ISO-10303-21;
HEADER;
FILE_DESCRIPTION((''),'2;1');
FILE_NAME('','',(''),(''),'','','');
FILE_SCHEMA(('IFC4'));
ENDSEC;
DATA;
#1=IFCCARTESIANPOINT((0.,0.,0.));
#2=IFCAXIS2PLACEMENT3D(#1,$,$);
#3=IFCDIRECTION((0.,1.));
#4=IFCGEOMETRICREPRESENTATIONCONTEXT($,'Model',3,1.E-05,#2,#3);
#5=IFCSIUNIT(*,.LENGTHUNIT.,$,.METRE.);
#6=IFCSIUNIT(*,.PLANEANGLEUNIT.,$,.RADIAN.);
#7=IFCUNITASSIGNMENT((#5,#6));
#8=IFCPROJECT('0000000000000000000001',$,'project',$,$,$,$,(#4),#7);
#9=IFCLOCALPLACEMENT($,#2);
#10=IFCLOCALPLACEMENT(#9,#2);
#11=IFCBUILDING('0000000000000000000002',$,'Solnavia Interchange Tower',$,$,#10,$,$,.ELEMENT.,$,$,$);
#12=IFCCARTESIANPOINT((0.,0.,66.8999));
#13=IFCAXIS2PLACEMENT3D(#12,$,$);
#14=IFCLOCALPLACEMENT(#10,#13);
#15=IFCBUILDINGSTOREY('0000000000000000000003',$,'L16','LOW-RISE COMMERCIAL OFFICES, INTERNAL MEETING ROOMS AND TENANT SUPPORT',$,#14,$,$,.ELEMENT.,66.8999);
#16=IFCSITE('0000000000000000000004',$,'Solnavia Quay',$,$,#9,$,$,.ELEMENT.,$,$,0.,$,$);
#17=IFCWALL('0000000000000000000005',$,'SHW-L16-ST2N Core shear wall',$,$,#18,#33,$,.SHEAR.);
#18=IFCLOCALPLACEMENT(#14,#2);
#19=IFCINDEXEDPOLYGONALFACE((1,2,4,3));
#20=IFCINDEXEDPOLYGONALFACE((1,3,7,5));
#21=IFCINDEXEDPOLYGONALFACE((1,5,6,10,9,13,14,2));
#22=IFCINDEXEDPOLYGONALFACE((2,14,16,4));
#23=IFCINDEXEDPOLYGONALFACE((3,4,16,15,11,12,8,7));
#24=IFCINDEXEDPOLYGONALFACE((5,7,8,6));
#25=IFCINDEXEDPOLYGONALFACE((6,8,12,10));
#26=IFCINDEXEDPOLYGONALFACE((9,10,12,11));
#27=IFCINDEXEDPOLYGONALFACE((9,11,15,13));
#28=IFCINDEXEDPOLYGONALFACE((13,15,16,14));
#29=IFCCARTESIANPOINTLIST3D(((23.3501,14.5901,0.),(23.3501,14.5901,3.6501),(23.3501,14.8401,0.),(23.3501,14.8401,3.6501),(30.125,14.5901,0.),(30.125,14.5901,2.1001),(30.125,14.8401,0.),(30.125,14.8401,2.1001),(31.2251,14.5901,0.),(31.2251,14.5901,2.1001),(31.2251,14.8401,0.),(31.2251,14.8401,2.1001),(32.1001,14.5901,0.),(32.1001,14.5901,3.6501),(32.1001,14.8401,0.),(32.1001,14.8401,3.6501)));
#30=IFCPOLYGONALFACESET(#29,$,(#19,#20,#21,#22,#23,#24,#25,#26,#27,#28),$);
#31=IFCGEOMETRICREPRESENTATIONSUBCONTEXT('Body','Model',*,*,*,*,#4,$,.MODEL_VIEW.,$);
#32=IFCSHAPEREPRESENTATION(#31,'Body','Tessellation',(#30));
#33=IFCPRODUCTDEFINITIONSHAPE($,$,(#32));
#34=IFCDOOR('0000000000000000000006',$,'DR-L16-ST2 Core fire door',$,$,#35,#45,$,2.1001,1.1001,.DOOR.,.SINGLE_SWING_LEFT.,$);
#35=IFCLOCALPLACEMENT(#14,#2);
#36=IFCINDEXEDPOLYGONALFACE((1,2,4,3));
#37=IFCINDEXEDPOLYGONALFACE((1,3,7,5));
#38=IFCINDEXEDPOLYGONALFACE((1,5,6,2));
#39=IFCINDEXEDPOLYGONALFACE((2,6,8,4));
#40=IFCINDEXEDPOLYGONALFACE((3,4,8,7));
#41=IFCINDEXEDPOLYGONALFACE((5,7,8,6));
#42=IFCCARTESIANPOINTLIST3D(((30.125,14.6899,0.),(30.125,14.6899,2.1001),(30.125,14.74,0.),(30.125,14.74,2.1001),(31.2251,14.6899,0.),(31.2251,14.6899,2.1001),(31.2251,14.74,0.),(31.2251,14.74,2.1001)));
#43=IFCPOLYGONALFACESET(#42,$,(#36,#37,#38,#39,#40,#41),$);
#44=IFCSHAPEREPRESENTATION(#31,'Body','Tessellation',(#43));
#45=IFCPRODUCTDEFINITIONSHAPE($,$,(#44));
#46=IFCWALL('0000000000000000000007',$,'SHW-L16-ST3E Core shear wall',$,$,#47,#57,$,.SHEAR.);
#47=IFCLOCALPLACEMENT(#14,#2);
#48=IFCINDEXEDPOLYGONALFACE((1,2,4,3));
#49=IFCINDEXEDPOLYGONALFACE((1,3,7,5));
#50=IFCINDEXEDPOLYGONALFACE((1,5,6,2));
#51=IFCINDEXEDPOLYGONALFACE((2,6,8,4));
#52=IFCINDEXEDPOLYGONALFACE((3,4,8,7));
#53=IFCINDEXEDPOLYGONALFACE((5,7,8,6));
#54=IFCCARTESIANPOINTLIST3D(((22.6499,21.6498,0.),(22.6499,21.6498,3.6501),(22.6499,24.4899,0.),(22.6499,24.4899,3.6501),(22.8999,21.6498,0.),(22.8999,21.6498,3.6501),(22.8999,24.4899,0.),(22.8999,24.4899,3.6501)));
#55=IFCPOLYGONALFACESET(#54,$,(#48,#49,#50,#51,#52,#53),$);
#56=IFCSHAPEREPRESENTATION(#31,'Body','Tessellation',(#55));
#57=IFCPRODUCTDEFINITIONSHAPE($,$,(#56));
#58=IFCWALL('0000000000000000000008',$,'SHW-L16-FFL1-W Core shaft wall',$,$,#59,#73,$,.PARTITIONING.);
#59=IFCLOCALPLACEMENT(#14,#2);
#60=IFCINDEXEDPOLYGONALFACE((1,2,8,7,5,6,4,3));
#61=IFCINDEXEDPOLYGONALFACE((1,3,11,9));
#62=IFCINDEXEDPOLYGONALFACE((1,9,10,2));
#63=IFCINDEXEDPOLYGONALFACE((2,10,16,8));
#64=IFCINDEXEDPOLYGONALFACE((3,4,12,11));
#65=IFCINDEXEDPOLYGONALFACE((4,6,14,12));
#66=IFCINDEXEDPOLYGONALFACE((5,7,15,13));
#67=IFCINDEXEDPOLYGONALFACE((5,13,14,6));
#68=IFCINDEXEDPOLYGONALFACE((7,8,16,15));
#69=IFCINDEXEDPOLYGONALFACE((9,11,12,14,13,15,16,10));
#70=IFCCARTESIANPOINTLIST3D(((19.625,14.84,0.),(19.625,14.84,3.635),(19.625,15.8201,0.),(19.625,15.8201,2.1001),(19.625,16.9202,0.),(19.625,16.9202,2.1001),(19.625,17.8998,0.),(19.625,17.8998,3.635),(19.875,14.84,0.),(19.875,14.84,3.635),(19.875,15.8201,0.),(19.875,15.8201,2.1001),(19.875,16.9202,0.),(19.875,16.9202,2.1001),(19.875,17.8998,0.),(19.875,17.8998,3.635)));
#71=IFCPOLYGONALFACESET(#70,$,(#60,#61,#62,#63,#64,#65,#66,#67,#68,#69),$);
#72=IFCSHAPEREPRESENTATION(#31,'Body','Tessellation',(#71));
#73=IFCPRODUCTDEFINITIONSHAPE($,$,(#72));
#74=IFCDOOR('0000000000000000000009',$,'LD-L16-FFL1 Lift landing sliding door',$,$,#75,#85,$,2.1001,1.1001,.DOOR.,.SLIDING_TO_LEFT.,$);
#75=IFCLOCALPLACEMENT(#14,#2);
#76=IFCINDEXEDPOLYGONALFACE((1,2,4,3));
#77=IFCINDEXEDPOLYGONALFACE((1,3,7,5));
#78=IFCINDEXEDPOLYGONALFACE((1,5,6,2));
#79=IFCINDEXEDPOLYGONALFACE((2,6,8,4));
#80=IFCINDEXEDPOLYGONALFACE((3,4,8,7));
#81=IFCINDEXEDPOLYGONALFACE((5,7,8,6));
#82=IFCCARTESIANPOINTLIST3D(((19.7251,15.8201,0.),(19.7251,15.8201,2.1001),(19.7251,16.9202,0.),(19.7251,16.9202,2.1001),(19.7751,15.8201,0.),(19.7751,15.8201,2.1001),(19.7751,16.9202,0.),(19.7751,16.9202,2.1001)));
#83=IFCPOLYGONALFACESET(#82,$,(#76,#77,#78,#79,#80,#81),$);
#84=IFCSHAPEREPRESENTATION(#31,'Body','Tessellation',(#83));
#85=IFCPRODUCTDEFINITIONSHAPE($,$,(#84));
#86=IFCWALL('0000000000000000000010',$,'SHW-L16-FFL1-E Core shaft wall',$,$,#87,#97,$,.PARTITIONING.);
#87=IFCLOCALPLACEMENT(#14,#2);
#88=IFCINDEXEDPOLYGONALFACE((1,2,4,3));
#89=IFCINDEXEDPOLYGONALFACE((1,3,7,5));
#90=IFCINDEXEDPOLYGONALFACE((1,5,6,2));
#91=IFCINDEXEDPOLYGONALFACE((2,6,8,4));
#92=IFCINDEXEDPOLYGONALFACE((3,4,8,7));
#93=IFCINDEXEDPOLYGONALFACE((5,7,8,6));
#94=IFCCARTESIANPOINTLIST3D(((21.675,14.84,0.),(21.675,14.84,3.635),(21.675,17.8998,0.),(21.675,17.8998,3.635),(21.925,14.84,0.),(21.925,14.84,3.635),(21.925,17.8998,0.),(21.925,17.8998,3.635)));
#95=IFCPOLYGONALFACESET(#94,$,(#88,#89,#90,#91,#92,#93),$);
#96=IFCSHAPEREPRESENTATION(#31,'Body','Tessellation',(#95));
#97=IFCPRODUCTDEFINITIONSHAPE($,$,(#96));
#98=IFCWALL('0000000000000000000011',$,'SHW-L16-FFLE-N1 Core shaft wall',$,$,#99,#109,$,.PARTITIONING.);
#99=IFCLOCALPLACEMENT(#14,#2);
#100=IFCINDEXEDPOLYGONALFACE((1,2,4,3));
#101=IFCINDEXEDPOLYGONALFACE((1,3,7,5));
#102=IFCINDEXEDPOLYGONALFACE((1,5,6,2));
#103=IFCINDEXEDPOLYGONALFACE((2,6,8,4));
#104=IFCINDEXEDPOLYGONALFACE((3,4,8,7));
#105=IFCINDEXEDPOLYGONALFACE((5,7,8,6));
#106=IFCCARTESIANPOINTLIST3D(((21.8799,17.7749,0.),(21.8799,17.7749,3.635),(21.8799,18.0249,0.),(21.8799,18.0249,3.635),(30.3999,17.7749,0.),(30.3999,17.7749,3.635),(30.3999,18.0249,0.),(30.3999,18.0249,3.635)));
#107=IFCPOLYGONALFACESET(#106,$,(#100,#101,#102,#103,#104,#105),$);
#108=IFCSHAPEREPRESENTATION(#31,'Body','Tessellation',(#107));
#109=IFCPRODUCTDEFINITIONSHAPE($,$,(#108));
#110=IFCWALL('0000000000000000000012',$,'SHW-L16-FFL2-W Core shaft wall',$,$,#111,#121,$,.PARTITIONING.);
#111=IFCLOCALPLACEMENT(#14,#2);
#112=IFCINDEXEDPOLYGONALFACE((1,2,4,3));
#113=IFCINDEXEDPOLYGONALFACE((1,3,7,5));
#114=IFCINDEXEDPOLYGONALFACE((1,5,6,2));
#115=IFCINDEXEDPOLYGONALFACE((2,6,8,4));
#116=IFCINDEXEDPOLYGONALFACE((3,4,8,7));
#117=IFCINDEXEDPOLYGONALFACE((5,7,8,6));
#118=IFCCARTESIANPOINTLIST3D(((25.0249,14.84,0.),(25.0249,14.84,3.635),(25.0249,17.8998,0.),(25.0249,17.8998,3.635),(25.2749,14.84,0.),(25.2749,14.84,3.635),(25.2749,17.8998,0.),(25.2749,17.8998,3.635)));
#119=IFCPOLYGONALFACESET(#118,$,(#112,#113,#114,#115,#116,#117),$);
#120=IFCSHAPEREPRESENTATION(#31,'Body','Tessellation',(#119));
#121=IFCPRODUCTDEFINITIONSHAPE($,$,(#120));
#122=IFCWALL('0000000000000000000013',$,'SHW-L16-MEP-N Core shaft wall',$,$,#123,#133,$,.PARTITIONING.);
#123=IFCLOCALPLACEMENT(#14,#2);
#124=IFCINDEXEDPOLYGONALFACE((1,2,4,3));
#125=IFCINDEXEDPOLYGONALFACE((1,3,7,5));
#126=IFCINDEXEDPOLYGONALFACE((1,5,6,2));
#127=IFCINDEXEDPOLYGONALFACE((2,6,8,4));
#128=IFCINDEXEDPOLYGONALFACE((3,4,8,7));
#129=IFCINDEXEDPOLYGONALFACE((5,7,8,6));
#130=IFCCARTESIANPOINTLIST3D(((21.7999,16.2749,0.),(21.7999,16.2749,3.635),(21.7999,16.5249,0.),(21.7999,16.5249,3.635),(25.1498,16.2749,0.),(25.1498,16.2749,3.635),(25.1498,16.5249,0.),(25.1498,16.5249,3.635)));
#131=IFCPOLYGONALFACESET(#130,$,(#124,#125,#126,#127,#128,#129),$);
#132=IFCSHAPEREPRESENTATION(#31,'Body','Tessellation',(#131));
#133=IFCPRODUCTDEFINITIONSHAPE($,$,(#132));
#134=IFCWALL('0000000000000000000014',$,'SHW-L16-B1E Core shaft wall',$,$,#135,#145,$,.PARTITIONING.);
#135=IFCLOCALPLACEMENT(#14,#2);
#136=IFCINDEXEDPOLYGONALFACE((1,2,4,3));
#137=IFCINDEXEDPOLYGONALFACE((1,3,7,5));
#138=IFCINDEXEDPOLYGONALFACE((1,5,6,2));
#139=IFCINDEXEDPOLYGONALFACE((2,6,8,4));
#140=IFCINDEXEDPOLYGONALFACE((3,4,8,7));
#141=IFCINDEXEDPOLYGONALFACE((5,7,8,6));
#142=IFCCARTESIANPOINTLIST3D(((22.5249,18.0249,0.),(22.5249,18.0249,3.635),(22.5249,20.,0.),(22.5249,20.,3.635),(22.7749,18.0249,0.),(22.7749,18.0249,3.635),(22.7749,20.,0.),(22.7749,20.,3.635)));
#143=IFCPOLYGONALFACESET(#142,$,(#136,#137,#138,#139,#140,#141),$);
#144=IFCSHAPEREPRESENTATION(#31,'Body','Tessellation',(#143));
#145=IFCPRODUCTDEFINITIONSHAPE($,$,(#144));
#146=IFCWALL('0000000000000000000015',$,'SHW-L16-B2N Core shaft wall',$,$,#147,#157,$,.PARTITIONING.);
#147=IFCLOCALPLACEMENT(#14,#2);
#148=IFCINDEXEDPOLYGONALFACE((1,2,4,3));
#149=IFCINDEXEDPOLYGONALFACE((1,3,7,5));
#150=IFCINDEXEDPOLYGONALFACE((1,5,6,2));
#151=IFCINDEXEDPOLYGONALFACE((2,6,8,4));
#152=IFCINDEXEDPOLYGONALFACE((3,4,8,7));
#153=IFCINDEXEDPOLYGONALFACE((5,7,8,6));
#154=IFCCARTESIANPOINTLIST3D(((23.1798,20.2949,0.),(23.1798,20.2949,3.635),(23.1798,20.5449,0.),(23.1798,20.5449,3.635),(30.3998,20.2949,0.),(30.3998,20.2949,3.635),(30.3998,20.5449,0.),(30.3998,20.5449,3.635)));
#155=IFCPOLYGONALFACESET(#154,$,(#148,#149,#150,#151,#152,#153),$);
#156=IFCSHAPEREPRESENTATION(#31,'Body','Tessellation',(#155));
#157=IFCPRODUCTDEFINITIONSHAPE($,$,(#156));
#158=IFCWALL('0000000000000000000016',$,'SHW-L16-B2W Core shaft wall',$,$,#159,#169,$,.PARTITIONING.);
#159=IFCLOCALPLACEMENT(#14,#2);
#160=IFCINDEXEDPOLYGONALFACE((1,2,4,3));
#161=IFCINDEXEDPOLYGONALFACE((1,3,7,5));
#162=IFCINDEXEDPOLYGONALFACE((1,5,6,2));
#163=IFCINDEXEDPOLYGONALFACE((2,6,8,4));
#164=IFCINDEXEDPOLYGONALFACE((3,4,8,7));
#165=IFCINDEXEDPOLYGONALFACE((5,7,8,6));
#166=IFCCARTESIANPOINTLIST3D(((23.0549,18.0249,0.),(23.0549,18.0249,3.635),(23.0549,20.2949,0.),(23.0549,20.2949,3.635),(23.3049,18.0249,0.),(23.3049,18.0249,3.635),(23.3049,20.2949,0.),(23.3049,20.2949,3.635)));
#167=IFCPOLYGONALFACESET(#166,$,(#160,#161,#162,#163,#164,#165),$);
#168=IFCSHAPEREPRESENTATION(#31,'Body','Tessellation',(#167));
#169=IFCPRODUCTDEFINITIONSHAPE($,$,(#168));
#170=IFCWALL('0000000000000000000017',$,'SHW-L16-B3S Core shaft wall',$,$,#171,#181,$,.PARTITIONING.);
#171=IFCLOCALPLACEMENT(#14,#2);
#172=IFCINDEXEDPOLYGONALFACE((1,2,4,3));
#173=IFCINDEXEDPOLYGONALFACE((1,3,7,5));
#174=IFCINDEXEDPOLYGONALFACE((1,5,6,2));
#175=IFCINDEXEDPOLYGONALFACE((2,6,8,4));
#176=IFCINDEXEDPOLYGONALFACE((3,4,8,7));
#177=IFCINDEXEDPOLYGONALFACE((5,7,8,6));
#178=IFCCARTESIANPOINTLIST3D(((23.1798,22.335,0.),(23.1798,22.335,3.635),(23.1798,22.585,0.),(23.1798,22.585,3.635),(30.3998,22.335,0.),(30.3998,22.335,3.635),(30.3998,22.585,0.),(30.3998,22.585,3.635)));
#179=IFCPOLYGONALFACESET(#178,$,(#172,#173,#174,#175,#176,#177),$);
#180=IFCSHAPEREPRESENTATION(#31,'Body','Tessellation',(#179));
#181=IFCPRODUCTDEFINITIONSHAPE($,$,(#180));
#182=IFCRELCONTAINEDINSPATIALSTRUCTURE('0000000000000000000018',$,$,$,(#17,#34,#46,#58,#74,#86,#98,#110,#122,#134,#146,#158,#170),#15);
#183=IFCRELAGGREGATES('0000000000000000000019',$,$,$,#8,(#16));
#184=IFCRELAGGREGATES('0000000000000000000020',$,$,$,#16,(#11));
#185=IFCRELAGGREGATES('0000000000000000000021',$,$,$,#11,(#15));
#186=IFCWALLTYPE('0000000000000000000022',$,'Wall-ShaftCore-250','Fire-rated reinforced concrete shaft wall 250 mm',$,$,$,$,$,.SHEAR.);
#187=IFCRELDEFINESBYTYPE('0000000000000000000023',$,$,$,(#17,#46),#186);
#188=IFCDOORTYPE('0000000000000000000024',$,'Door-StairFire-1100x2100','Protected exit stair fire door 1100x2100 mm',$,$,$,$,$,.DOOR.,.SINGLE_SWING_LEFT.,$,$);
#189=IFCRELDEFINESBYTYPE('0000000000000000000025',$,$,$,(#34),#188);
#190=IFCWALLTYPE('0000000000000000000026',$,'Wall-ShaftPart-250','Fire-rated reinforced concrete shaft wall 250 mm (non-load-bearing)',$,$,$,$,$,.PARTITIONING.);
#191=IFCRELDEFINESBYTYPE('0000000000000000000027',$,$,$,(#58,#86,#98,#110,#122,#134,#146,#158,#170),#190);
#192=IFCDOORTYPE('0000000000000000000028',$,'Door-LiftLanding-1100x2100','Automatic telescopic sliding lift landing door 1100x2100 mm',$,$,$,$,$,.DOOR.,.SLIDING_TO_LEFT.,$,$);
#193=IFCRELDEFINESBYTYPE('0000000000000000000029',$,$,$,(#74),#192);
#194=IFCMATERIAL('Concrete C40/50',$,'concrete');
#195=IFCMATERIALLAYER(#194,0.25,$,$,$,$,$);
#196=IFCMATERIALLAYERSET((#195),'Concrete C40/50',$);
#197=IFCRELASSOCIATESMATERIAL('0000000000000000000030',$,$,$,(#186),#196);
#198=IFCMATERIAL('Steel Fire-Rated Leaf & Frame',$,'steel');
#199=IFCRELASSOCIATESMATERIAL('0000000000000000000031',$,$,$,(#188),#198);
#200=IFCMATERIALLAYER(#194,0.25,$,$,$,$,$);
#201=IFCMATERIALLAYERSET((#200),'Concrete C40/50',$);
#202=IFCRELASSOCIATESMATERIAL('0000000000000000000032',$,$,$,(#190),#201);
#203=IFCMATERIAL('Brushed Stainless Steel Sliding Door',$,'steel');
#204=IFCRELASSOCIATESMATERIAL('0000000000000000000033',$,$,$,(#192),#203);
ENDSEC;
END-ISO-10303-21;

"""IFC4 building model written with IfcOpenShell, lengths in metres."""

from ifc_helpers import new_model, si_unit, direction, frame, frame_2d, origin, place, context, subcontext, project, spatial, rectangle, extrude, material, layer, layer_set, type_object, element, fill, save


model = new_model("IFC4")

# Units and contexts
model_context = context("Model", 3, precision=1e-05, world=origin(), true_north=direction((0.0, 1.0)))
body_context = subcontext(model_context, "Body", "Model", "MODEL_VIEW")
ifc_project = project(units=[si_unit("LENGTHUNIT", "METRE"), si_unit("PLANEANGLEUNIT", "RADIAN")], contexts=[model_context])

# Site, building, storey
site_placement = place(None, origin())
site = spatial("IfcSite", under=ifc_project, at=site_placement, Name="Solnavia Quay", CompositionType="ELEMENT", RefElevation=0.0)
building_placement = place(site_placement, origin())
building = spatial("IfcBuilding", under=site, at=building_placement, Name="Solnavia Interchange Tower", CompositionType="ELEMENT")
storey_placement = place(building_placement, frame((0.0, 0.0, 66.8999)))
storey = spatial("IfcBuildingStorey", under=building, at=storey_placement, Name="L16", Description="LOW-RISE COMMERCIAL OFFICES, INTERNAL MEETING ROOMS AND TENANT SUPPORT", CompositionType="ELEMENT", Elevation=66.8999)

# Wall, opening, door
ifc_material_1 = material(Name="Concrete C40/50", Category="concrete")
ifc_layer_1 = layer(ifc_material_1, 0.25)
ifc_layer_set_1 = layer_set([ifc_layer_1], Name="Concrete C40/50")
wall_type_1 = type_object("IfcWallType", Name="Wall-ShaftCore-250", Description="Fire-rated reinforced concrete shaft wall 250 mm", PredefinedType="SHEAR", material=ifc_layer_set_1)
wall_1_placement = place(storey_placement, frame((23.3501, 14.7151, 0.0), z_axis=(0.0, 0.0, 1.0), x_axis=(1.0, 0.0, 0.0)))
wall_1 = element("IfcWall", 1, at=wall_1_placement, inside=storey, type_object=wall_type_1, Name="SHW-L16-ST2N Core shear wall", PredefinedType="SHEAR", context=body_context, shape_type="SweptSolid", body=[
    extrude(rectangle(XDim=8.75, YDim=0.25, at=frame_2d((4.375, 0.0))), origin(), (0.0, 0.0, 1.0), 3.6501),
])
opening_1_placement = place(wall_1_placement, frame((6.7749, 0.0, 0.0)))
opening_1 = element("IfcOpeningElement", 2, at=opening_1_placement, cuts=wall_1, PredefinedType="OPENING", context=body_context, shape_type="SweptSolid", body=[
    extrude(rectangle(XDim=1.1001, YDim=2.1001, at=frame_2d((0.55, 1.05))), frame((0.0, 0.135, 0.0), z_axis=(0.0, -1.0, 0.0), x_axis=(1.0, 0.0, 0.0)), (0.0, 0.0, 1.0), 0.27),
])
ifc_material_2 = material(Name="Steel Fire-Rated Leaf & Frame", Category="steel")
door_type_1 = type_object("IfcDoorType", Name="Door-StairFire-1100x2100", Description="Protected exit stair fire door 1100x2100 mm", OperationType="SINGLE_SWING_LEFT", PredefinedType="DOOR", material=ifc_material_2)
door_1_placement = place(opening_1_placement, origin())
door_1 = element("IfcDoor", 3, at=door_1_placement, inside=storey, type_object=door_type_1, Name="DR-L16-ST2 Core fire door", OperationType="SINGLE_SWING_LEFT", OverallHeight=2.1001, OverallWidth=1.1001, PredefinedType="DOOR", context=body_context, shape_type="SweptSolid", body=[
    extrude(rectangle(XDim=1.1001, YDim=2.1001, at=frame_2d((0.55, 1.05))), frame((0.0, 0.0249, 0.0), z_axis=(0.0, -1.0, 0.0), x_axis=(1.0, 0.0, 0.0)), (0.0, 0.0, 1.0), 0.05),
])
fill(opening_1, door_1)

# Wall
wall_2_placement = place(storey_placement, frame((22.7749, 21.6499, 0.0), z_axis=(0.0, 0.0, 1.0), x_axis=(0.0, 1.0, 0.0)))
element("IfcWall", 4, at=wall_2_placement, inside=storey, type_object=wall_type_1, Name="SHW-L16-ST3E Core shear wall", PredefinedType="SHEAR", context=body_context, shape_type="SweptSolid", body=[
    extrude(rectangle(XDim=2.8401, YDim=0.25, at=frame_2d((1.4199, 0.0))), origin(), (0.0, 0.0, 1.0), 3.6501),
])

# Wall, opening, door
ifc_layer_2 = layer(ifc_material_1, 0.25)
ifc_layer_set_2 = layer_set([ifc_layer_2], Name="Concrete C40/50")
wall_type_2 = type_object("IfcWallType", Name="Wall-ShaftPart-250", Description="Fire-rated reinforced concrete shaft wall 250 mm (non-load-bearing)", PredefinedType="PARTITIONING", material=ifc_layer_set_2)
wall_3_placement = place(storey_placement, frame((19.75, 14.8401, 0.0), z_axis=(0.0, 0.0, 1.0), x_axis=(0.0, 1.0, 0.0)))
wall_3 = element("IfcWall", 5, at=wall_3_placement, inside=storey, type_object=wall_type_2, Name="SHW-L16-FFL1-W Core shaft wall", PredefinedType="PARTITIONING", context=body_context, shape_type="SweptSolid", body=[
    extrude(rectangle(XDim=3.0598, YDim=0.25, at=frame_2d((1.5298, 0.0))), origin(), (0.0, 0.0, 1.0), 3.635),
])
opening_2_placement = place(wall_3_placement, frame((0.98, 0.0, 0.0)))
opening_2 = element("IfcOpeningElement", 6, at=opening_2_placement, cuts=wall_3, PredefinedType="OPENING", context=body_context, shape_type="SweptSolid", body=[
    extrude(rectangle(XDim=1.1001, YDim=2.1001, at=frame_2d((0.55, 1.05))), frame((0.0, 0.135, 0.0), z_axis=(0.0, -1.0, 0.0), x_axis=(1.0, 0.0, 0.0)), (0.0, 0.0, 1.0), 0.27),
])
ifc_material_3 = material(Name="Brushed Stainless Steel Sliding Door", Category="steel")
door_type_2 = type_object("IfcDoorType", Name="Door-LiftLanding-1100x2100", Description="Automatic telescopic sliding lift landing door 1100x2100 mm", OperationType="SLIDING_TO_LEFT", PredefinedType="DOOR", material=ifc_material_3)
door_2_placement = place(opening_2_placement, origin())
door_2 = element("IfcDoor", 7, at=door_2_placement, inside=storey, type_object=door_type_2, Name="LD-L16-FFL1 Lift landing sliding door", OperationType="SLIDING_TO_LEFT", OverallHeight=2.1001, OverallWidth=1.1001, PredefinedType="DOOR", context=body_context, shape_type="SweptSolid", body=[
    extrude(rectangle(XDim=1.1001, YDim=2.1001, at=frame_2d((0.55, 1.05))), frame((0.0, 0.0249, 0.0), z_axis=(0.0, -1.0, 0.0), x_axis=(1.0, 0.0, 0.0)), (0.0, 0.0, 1.0), 0.05),
])
fill(opening_2, door_2)

# Walls
wall_4_placement = place(storey_placement, frame((21.8, 14.8401, 0.0), z_axis=(0.0, 0.0, 1.0), x_axis=(0.0, 1.0, 0.0)))
element("IfcWall", 8, at=wall_4_placement, inside=storey, type_object=wall_type_2, Name="SHW-L16-FFL1-E Core shaft wall", PredefinedType="PARTITIONING", context=body_context, shape_type="SweptSolid", body=[
    extrude(rectangle(XDim=3.0598, YDim=0.25, at=frame_2d((1.5298, 0.0))), origin(), (0.0, 0.0, 1.0), 3.635),
])
wall_5_placement = place(storey_placement, frame((21.8799, 17.8999, 0.0), z_axis=(0.0, 0.0, 1.0), x_axis=(1.0, 0.0, 0.0)))
element("IfcWall", 9, at=wall_5_placement, inside=storey, type_object=wall_type_2, Name="SHW-L16-FFLE-N1 Core shaft wall", PredefinedType="PARTITIONING", context=body_context, shape_type="SweptSolid", body=[
    extrude(rectangle(XDim=8.52, YDim=0.25, at=frame_2d((4.26, 0.0))), origin(), (0.0, 0.0, 1.0), 3.635),
])
wall_6_placement = place(storey_placement, frame((25.1499, 14.8401, 0.0), z_axis=(0.0, 0.0, 1.0), x_axis=(0.0, 1.0, 0.0)))
element("IfcWall", 10, at=wall_6_placement, inside=storey, type_object=wall_type_2, Name="SHW-L16-FFL2-W Core shaft wall", PredefinedType="PARTITIONING", context=body_context, shape_type="SweptSolid", body=[
    extrude(rectangle(XDim=3.0598, YDim=0.25, at=frame_2d((1.5298, 0.0))), origin(), (0.0, 0.0, 1.0), 3.635),
])
wall_7_placement = place(storey_placement, frame((21.8, 16.3999, 0.0), z_axis=(0.0, 0.0, 1.0), x_axis=(1.0, 0.0, 0.0)))
element("IfcWall", 11, at=wall_7_placement, inside=storey, type_object=wall_type_2, Name="SHW-L16-MEP-N Core shaft wall", PredefinedType="PARTITIONING", context=body_context, shape_type="SweptSolid", body=[
    extrude(rectangle(XDim=3.3499, YDim=0.25, at=frame_2d((1.6748, 0.0))), origin(), (0.0, 0.0, 1.0), 3.635),
])
wall_8_placement = place(storey_placement, frame((22.6499, 18.0249, 0.0), z_axis=(0.0, 0.0, 1.0), x_axis=(0.0, 1.0, 0.0)))
element("IfcWall", 12, at=wall_8_placement, inside=storey, type_object=wall_type_2, Name="SHW-L16-B1E Core shaft wall", PredefinedType="PARTITIONING", context=body_context, shape_type="SweptSolid", body=[
    extrude(rectangle(XDim=1.9751, YDim=0.25, at=frame_2d((0.9875, 0.0))), origin(), (0.0, 0.0, 1.0), 3.635),
])
wall_9_placement = place(storey_placement, frame((23.1799, 20.4199, 0.0), z_axis=(0.0, 0.0, 1.0), x_axis=(1.0, 0.0, 0.0)))
element("IfcWall", 13, at=wall_9_placement, inside=storey, type_object=wall_type_2, Name="SHW-L16-B2N Core shaft wall", PredefinedType="PARTITIONING", context=body_context, shape_type="SweptSolid", body=[
    extrude(rectangle(XDim=7.22, YDim=0.25, at=frame_2d((3.6099, 0.0))), origin(), (0.0, 0.0, 1.0), 3.635),
])
wall_10_placement = place(storey_placement, frame((23.1799, 18.0249, 0.0), z_axis=(0.0, 0.0, 1.0), x_axis=(0.0, 1.0, 0.0)))
element("IfcWall", 14, at=wall_10_placement, inside=storey, type_object=wall_type_2, Name="SHW-L16-B2W Core shaft wall", PredefinedType="PARTITIONING", context=body_context, shape_type="SweptSolid", body=[
    extrude(rectangle(XDim=2.27, YDim=0.25, at=frame_2d((1.135, 0.0))), origin(), (0.0, 0.0, 1.0), 3.635),
])
wall_11_placement = place(storey_placement, frame((23.1799, 22.46, 0.0), z_axis=(0.0, 0.0, 1.0), x_axis=(1.0, 0.0, 0.0)))
element("IfcWall", 15, at=wall_11_placement, inside=storey, type_object=wall_type_2, Name="SHW-L16-B3S Core shaft wall", PredefinedType="PARTITIONING", context=body_context, shape_type="SweptSolid", body=[
    extrude(rectangle(XDim=7.22, YDim=0.25, at=frame_2d((3.6099, 0.0))), origin(), (0.0, 0.0, 1.0), 3.635),
])

save(model, "model.ifc")
